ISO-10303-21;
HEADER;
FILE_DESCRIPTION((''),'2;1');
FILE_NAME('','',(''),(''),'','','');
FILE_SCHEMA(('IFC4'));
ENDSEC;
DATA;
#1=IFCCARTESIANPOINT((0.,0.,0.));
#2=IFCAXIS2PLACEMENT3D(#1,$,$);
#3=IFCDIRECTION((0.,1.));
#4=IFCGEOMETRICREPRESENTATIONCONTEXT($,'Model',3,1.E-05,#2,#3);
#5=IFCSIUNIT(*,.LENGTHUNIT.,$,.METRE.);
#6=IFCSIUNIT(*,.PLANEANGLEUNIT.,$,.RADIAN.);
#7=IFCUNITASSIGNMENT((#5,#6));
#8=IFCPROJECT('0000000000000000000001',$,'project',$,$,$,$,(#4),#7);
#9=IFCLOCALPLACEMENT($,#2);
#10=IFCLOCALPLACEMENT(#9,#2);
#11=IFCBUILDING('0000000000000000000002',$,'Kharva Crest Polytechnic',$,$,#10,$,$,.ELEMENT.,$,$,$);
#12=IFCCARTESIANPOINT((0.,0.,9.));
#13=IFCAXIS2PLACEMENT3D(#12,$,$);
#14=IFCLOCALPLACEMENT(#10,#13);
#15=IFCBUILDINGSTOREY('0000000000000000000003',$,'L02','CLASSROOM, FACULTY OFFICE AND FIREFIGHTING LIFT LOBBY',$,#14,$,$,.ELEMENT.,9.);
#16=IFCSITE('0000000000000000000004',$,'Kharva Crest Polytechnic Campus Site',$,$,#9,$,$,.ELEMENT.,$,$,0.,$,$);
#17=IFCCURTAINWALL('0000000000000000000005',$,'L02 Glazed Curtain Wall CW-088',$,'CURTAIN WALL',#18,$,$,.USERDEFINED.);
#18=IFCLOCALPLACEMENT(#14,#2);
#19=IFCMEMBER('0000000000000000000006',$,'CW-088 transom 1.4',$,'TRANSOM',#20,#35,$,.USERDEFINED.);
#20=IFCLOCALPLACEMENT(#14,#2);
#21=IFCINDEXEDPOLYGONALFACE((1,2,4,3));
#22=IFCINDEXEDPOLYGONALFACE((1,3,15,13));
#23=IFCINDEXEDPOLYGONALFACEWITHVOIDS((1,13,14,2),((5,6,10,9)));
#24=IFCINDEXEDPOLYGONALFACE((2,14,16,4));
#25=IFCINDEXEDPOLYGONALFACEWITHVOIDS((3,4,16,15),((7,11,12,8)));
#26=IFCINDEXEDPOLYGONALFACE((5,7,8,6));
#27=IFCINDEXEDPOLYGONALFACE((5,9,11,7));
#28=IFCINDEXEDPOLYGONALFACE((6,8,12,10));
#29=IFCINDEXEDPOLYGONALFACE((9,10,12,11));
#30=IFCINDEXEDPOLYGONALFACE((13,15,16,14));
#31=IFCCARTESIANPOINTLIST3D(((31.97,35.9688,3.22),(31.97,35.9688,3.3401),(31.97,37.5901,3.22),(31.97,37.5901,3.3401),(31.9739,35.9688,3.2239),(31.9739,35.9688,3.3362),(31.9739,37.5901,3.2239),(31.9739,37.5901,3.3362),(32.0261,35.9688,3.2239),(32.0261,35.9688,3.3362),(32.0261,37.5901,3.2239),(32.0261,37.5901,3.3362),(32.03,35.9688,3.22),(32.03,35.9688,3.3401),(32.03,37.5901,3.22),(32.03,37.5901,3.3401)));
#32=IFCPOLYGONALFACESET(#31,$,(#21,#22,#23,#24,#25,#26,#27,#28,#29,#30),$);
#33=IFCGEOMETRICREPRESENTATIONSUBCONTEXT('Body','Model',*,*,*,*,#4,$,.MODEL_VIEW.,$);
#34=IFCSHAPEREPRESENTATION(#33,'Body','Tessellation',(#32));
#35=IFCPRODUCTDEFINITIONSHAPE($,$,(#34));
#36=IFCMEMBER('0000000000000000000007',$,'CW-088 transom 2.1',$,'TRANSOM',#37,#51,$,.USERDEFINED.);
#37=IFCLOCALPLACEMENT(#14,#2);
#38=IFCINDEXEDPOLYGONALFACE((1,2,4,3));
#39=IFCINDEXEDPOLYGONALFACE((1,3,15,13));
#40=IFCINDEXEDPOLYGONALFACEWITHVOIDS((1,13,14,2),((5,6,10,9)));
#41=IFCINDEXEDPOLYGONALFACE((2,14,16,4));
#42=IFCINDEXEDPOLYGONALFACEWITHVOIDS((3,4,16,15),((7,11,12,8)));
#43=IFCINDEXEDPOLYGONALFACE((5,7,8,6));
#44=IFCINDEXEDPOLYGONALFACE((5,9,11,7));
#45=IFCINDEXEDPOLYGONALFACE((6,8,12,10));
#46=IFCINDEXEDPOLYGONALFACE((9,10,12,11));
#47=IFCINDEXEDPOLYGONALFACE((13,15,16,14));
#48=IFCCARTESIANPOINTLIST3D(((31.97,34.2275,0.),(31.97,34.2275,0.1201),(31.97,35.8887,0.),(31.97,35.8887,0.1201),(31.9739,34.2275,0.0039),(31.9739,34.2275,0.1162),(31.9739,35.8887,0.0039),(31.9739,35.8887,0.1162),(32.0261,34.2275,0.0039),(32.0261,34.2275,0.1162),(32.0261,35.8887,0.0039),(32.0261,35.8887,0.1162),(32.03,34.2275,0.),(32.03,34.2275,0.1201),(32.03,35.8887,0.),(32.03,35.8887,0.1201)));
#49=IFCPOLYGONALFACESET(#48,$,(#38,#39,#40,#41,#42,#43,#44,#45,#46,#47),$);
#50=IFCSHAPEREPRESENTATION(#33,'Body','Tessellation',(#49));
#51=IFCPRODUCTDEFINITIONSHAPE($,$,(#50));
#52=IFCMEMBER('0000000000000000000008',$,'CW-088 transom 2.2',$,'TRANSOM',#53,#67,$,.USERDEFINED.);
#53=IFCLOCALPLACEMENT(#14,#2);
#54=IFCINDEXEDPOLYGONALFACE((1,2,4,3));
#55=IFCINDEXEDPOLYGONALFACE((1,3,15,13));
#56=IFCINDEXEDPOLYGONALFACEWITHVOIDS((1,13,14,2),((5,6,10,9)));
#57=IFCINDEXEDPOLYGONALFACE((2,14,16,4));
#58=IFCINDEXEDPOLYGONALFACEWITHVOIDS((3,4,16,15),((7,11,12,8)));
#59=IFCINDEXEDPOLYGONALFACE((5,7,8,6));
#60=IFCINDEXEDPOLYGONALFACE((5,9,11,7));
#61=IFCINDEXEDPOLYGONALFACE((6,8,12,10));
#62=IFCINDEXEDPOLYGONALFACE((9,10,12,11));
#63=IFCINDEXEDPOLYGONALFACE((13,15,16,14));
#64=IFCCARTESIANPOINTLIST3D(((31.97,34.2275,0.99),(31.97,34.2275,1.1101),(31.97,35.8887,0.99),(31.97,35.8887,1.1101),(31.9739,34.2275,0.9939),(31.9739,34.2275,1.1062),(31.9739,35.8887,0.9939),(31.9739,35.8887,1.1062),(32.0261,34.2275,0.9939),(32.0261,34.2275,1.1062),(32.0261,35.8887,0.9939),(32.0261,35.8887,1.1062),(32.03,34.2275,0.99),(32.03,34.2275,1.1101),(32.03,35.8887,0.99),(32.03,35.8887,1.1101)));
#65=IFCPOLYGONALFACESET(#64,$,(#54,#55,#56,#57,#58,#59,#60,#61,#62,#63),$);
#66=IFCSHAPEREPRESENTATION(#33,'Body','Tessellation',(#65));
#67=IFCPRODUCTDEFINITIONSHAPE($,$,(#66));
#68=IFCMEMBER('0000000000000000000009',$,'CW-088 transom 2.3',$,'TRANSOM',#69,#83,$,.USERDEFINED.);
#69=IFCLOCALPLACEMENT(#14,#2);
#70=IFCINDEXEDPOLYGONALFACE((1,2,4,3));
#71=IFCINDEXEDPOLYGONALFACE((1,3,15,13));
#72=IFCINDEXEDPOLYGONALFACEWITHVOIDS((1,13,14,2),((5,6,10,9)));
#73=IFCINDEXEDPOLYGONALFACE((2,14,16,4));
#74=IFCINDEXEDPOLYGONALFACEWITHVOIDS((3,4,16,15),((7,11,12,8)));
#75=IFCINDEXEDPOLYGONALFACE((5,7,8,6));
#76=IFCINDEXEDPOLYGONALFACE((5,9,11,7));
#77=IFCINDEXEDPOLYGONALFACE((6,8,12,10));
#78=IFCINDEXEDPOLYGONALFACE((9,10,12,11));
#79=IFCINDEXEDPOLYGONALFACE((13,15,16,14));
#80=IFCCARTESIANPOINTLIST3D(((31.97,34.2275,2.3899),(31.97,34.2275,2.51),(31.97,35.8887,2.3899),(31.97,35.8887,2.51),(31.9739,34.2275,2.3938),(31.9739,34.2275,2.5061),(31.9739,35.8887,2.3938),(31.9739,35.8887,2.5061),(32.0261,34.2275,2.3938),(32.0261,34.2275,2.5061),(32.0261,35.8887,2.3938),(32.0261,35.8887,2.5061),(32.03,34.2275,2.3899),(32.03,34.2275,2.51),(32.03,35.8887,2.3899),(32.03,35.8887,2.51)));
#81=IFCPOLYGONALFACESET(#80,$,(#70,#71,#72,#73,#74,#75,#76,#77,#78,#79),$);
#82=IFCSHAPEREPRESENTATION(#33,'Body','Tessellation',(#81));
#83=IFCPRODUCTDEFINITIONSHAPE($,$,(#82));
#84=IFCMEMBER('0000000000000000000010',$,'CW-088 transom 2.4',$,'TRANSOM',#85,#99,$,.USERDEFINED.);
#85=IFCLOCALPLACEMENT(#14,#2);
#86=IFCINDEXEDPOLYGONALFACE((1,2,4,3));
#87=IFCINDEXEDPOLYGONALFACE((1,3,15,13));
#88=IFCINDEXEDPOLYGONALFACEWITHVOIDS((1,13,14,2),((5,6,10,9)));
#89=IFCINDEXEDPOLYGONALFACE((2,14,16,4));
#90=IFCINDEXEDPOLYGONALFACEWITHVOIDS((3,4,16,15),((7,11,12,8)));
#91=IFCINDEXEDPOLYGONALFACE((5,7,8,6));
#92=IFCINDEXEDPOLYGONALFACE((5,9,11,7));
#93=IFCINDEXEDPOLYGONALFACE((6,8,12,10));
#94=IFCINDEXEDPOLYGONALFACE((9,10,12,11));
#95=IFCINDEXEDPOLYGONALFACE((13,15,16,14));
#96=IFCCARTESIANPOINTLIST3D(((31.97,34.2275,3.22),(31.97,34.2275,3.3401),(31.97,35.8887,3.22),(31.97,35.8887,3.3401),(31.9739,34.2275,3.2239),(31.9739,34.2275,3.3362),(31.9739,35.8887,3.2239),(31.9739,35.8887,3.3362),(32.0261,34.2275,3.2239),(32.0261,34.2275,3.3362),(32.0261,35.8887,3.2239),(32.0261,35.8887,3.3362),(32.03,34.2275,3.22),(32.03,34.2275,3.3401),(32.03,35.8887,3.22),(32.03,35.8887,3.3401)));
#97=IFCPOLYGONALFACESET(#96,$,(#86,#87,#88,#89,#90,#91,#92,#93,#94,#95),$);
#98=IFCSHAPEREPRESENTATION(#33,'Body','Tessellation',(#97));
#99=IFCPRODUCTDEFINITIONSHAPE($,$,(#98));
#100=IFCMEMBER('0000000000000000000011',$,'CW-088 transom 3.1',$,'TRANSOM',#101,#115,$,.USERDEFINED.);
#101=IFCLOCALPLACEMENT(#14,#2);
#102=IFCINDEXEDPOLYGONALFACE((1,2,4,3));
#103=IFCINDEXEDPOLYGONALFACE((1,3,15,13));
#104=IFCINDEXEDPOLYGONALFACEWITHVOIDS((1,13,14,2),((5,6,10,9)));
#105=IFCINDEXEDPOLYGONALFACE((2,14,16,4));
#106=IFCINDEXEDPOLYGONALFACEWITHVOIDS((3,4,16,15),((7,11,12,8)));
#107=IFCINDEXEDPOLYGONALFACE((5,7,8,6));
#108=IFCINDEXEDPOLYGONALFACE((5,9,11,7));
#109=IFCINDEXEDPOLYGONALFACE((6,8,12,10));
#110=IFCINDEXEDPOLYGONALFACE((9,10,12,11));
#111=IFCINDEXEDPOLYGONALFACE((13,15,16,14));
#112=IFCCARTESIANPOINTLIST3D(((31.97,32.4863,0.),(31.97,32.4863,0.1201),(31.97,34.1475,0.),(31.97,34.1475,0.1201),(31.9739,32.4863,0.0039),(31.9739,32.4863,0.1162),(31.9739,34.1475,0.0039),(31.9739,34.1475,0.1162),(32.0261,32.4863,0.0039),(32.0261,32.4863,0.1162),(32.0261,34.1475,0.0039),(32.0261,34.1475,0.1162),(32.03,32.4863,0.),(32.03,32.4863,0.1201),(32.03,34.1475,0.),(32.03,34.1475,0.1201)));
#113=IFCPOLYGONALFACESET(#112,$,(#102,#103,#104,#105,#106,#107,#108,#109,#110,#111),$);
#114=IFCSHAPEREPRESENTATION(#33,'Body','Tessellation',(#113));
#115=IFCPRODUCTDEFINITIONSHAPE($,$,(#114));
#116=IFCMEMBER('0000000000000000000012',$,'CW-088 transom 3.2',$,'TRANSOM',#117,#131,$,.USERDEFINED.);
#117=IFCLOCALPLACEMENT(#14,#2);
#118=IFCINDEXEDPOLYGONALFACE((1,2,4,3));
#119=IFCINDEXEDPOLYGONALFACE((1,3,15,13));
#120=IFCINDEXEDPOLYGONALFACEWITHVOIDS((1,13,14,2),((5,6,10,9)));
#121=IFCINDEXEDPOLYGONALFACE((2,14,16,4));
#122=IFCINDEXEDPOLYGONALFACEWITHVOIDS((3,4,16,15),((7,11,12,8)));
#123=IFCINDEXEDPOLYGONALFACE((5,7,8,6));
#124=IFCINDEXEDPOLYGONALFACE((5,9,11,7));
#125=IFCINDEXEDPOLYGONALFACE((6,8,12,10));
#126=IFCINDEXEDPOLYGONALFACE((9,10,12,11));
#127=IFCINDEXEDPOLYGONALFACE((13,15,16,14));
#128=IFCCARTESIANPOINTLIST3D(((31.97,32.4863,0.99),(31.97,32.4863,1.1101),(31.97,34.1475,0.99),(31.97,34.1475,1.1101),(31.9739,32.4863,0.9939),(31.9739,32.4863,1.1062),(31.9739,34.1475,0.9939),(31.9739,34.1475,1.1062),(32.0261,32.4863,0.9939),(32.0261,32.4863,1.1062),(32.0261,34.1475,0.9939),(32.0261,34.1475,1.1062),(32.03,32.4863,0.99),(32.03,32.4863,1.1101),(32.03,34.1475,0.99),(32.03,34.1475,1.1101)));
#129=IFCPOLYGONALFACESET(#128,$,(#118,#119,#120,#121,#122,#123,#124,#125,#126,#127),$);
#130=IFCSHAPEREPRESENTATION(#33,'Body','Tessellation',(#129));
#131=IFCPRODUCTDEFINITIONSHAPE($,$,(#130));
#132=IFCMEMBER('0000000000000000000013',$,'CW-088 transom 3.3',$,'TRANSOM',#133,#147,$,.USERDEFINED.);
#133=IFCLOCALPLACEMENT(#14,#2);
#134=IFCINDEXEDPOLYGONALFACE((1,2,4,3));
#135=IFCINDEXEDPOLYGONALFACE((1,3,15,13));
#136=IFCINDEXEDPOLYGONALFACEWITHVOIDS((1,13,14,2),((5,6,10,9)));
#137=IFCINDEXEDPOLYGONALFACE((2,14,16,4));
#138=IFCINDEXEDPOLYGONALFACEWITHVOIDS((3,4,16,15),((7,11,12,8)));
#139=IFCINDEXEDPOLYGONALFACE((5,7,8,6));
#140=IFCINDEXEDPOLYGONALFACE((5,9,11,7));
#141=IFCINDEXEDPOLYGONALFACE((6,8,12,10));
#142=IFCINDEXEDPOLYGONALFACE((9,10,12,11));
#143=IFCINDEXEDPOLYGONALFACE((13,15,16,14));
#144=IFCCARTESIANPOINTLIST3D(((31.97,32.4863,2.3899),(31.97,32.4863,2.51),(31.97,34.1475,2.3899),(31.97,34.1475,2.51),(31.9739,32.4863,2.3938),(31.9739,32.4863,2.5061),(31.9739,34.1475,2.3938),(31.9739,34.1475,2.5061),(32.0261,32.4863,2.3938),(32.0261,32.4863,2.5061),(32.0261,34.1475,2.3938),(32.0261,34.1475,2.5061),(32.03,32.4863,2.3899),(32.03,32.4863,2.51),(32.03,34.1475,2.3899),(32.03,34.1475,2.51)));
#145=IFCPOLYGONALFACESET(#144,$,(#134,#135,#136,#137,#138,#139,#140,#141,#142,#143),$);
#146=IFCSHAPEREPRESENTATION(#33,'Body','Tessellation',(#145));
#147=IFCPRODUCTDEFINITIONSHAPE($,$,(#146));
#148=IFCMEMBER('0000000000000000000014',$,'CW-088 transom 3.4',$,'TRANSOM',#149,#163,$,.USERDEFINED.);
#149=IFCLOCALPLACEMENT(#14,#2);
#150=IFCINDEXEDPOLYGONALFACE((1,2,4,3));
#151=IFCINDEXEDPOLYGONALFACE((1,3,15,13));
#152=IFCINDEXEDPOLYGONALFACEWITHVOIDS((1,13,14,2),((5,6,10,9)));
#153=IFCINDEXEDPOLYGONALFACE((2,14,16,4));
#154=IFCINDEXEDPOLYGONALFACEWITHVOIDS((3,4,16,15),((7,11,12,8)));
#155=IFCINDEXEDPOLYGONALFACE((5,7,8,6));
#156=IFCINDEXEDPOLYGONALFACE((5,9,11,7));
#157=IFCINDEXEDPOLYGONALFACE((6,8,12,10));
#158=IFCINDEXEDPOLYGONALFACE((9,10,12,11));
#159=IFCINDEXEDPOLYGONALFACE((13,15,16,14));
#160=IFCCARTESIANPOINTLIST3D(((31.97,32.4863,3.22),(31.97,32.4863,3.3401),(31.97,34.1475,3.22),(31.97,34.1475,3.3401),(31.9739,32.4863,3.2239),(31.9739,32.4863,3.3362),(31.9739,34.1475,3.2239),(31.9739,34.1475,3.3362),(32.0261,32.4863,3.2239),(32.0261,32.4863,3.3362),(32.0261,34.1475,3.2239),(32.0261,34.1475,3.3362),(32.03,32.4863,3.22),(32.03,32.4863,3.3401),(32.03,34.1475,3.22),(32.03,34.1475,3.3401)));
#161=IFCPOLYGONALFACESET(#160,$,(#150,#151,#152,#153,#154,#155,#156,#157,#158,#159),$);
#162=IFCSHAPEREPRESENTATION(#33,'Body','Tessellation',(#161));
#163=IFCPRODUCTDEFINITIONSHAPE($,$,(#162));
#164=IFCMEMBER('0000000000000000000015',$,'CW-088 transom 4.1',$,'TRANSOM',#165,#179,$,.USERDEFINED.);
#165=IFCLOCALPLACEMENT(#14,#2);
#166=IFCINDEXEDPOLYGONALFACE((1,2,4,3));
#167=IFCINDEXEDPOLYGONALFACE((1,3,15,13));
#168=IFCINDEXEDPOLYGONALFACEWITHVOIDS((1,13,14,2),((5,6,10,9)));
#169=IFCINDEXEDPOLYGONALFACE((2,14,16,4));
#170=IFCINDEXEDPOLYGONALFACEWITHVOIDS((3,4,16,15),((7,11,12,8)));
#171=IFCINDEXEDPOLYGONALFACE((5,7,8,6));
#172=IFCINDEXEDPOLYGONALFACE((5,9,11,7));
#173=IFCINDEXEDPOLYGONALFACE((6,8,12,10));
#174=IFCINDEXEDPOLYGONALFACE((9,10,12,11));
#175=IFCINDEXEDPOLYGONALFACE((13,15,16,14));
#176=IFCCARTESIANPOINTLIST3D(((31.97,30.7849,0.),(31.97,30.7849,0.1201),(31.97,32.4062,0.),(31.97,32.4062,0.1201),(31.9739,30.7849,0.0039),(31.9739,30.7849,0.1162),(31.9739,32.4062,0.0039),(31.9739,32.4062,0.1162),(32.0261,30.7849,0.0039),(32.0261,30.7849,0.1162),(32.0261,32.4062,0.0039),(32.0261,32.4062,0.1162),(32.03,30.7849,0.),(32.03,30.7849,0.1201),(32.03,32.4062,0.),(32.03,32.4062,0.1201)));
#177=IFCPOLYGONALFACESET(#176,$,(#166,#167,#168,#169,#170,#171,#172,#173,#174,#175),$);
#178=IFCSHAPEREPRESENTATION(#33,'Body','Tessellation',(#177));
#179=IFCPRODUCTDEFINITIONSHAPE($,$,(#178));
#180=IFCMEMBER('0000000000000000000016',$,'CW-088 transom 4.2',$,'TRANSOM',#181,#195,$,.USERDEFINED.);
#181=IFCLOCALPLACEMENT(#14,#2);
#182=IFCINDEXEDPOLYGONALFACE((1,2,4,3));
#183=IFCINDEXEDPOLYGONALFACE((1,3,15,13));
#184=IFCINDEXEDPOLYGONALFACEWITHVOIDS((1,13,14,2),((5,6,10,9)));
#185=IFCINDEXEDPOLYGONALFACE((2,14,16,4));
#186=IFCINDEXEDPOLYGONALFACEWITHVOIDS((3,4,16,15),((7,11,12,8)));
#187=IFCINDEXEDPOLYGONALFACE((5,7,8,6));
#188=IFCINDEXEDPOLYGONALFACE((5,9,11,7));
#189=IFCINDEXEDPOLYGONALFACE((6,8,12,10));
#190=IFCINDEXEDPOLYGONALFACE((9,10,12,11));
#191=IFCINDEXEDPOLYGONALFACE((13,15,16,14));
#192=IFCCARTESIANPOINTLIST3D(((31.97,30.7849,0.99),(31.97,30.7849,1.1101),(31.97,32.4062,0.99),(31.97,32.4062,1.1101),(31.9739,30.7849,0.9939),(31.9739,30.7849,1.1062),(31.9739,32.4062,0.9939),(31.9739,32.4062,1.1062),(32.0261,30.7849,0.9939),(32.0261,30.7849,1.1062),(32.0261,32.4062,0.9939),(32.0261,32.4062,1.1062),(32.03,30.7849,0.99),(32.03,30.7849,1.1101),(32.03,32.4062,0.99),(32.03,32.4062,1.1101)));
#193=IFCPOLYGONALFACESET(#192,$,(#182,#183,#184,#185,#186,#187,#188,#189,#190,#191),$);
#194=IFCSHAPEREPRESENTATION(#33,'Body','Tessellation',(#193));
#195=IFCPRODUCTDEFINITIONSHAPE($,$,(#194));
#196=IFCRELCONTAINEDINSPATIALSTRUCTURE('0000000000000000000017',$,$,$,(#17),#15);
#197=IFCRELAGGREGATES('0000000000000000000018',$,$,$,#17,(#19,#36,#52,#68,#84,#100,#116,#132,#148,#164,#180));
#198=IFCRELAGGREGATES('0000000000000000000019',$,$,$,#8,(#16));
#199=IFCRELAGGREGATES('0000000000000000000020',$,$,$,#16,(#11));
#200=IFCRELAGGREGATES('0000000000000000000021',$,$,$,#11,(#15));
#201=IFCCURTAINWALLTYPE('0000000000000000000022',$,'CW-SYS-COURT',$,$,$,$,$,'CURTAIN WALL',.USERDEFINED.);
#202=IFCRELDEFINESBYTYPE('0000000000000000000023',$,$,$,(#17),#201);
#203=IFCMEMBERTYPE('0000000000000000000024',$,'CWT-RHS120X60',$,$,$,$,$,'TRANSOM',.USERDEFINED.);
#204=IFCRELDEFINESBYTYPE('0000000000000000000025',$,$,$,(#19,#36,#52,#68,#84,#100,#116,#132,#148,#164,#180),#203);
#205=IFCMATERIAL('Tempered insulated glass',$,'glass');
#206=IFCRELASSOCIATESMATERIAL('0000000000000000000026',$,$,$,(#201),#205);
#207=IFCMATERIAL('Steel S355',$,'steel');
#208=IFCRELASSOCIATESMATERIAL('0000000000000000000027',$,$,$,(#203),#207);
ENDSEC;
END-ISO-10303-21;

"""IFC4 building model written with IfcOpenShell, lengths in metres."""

from ifc_helpers import new_model, si_unit, direction, frame, origin, origin_2d, place, context, subcontext, project, spatial, hollow_rectangle, extrude, material, material_profile, profile_set, type_object, element, aggregate, save


model = new_model("IFC4")

# Units and contexts
model_context = context("Model", 3, precision=1e-05, world=origin(), true_north=direction((0.0, 1.0)))
body_context = subcontext(model_context, "Body", "Model", "MODEL_VIEW")
ifc_project = project(units=[si_unit("LENGTHUNIT", "METRE"), si_unit("PLANEANGLEUNIT", "RADIAN")], contexts=[model_context])

# Site, building, storey
site_placement = place(None, origin())
site = spatial("IfcSite", under=ifc_project, at=site_placement, Name="Kharva Crest Polytechnic Campus Site", CompositionType="ELEMENT", RefElevation=0.0)
building_placement = place(site_placement, origin())
building = spatial("IfcBuilding", under=site, at=building_placement, Name="Kharva Crest Polytechnic", CompositionType="ELEMENT")
storey_placement = place(building_placement, frame((0.0, 0.0, 9.0)))
storey = spatial("IfcBuildingStorey", under=building, at=storey_placement, Name="L02", Description="CLASSROOM, FACULTY OFFICE AND FIREFIGHTING LIFT LOBBY", CompositionType="ELEMENT", Elevation=9.0)

# Shared definitions
ifc_material_1 = material(Name="Tempered insulated glass", Category="glass")
curtain_wall_type = type_object("IfcCurtainWallType", Name="CW-SYS-COURT", ElementType="CURTAIN WALL", PredefinedType="USERDEFINED", material=ifc_material_1)
ifc_material_2 = material(Name="Steel S355", Category="steel")

# Curtain wall, members
curtain_wall_1_placement = place(storey_placement, origin())
curtain_wall_1 = element("IfcCurtainWall", 1, at=curtain_wall_1_placement, inside=storey, type_object=curtain_wall_type, Name="L02 Glazed Curtain Wall CW-088", ObjectType="CURTAIN WALL", PredefinedType="USERDEFINED")
ifc_material_profile_1 = material_profile(ifc_material_2, hollow_rectangle(XDim=0.0601, YDim=0.1201, WallThickness=0.0039, at=origin_2d()), Name="RHS 120X60X4.0")
ifc_profile_set_1 = profile_set([ifc_material_profile_1], Name="Steel S355")
member_type_1 = type_object("IfcMemberType", Name="CWT-RHS120X60", ElementType="TRANSOM", PredefinedType="USERDEFINED", material=ifc_profile_set_1)
member_1_placement = place(storey_placement, frame((32.0, 37.5901, 3.28), z_axis=(0.0, -1.0, 0.0), x_axis=(1.0, 0.0, 0.0)))
member_1 = element("IfcMember", 2, at=member_1_placement, type_object=member_type_1, Name="CW-088 transom 1.4", ObjectType="TRANSOM", PredefinedType="USERDEFINED", context=body_context, shape_type="SweptSolid", body=[
    extrude(hollow_rectangle(XDim=0.0601, YDim=0.1201, WallThickness=0.0039, at=origin_2d()), origin(), (0.0, 0.0, 1.0), 1.6213),
])
member_2_placement = place(storey_placement, frame((32.0, 35.8887, 0.0601), z_axis=(0.0, -1.0, 0.0), x_axis=(1.0, 0.0, 0.0)))
member_2 = element("IfcMember", 3, at=member_2_placement, type_object=member_type_1, Name="CW-088 transom 2.1", ObjectType="TRANSOM", PredefinedType="USERDEFINED", context=body_context, shape_type="SweptSolid", body=[
    extrude(hollow_rectangle(XDim=0.0601, YDim=0.1201, WallThickness=0.0039, at=origin_2d()), origin(), (0.0, 0.0, 1.0), 1.6611),
])
member_3_placement = place(storey_placement, frame((32.0, 35.8887, 1.05), z_axis=(0.0, -1.0, 0.0), x_axis=(1.0, 0.0, 0.0)))
member_3 = element("IfcMember", 4, at=member_3_placement, type_object=member_type_1, Name="CW-088 transom 2.2", ObjectType="TRANSOM", PredefinedType="USERDEFINED", context=body_context, shape_type="SweptSolid", body=[
    extrude(hollow_rectangle(XDim=0.0601, YDim=0.1201, WallThickness=0.0039, at=origin_2d()), origin(), (0.0, 0.0, 1.0), 1.6611),
])
member_4_placement = place(storey_placement, frame((32.0, 35.8887, 2.45), z_axis=(0.0, -1.0, 0.0), x_axis=(1.0, 0.0, 0.0)))
member_4 = element("IfcMember", 5, at=member_4_placement, type_object=member_type_1, Name="CW-088 transom 2.3", ObjectType="TRANSOM", PredefinedType="USERDEFINED", context=body_context, shape_type="SweptSolid", body=[
    extrude(hollow_rectangle(XDim=0.0601, YDim=0.1201, WallThickness=0.0039, at=origin_2d()), origin(), (0.0, 0.0, 1.0), 1.6611),
])
member_5_placement = place(storey_placement, frame((32.0, 35.8887, 3.28), z_axis=(0.0, -1.0, 0.0), x_axis=(1.0, 0.0, 0.0)))
member_5 = element("IfcMember", 6, at=member_5_placement, type_object=member_type_1, Name="CW-088 transom 2.4", ObjectType="TRANSOM", PredefinedType="USERDEFINED", context=body_context, shape_type="SweptSolid", body=[
    extrude(hollow_rectangle(XDim=0.0601, YDim=0.1201, WallThickness=0.0039, at=origin_2d()), origin(), (0.0, 0.0, 1.0), 1.6611),
])
member_6_placement = place(storey_placement, frame((32.0, 34.1475, 0.0601), z_axis=(0.0, -1.0, 0.0), x_axis=(1.0, 0.0, 0.0)))
member_6 = element("IfcMember", 7, at=member_6_placement, type_object=member_type_1, Name="CW-088 transom 3.1", ObjectType="TRANSOM", PredefinedType="USERDEFINED", context=body_context, shape_type="SweptSolid", body=[
    extrude(hollow_rectangle(XDim=0.0601, YDim=0.1201, WallThickness=0.0039, at=origin_2d()), origin(), (0.0, 0.0, 1.0), 1.6611),
])
member_7_placement = place(storey_placement, frame((32.0, 34.1475, 1.05), z_axis=(0.0, -1.0, 0.0), x_axis=(1.0, 0.0, 0.0)))
member_7 = element("IfcMember", 8, at=member_7_placement, type_object=member_type_1, Name="CW-088 transom 3.2", ObjectType="TRANSOM", PredefinedType="USERDEFINED", context=body_context, shape_type="SweptSolid", body=[
    extrude(hollow_rectangle(XDim=0.0601, YDim=0.1201, WallThickness=0.0039, at=origin_2d()), origin(), (0.0, 0.0, 1.0), 1.6611),
])
member_8_placement = place(storey_placement, frame((32.0, 34.1475, 2.45), z_axis=(0.0, -1.0, 0.0), x_axis=(1.0, 0.0, 0.0)))
member_8 = element("IfcMember", 9, at=member_8_placement, type_object=member_type_1, Name="CW-088 transom 3.3", ObjectType="TRANSOM", PredefinedType="USERDEFINED", context=body_context, shape_type="SweptSolid", body=[
    extrude(hollow_rectangle(XDim=0.0601, YDim=0.1201, WallThickness=0.0039, at=origin_2d()), origin(), (0.0, 0.0, 1.0), 1.6611),
])
member_9_placement = place(storey_placement, frame((32.0, 34.1475, 3.28), z_axis=(0.0, -1.0, 0.0), x_axis=(1.0, 0.0, 0.0)))
member_9 = element("IfcMember", 10, at=member_9_placement, type_object=member_type_1, Name="CW-088 transom 3.4", ObjectType="TRANSOM", PredefinedType="USERDEFINED", context=body_context, shape_type="SweptSolid", body=[
    extrude(hollow_rectangle(XDim=0.0601, YDim=0.1201, WallThickness=0.0039, at=origin_2d()), origin(), (0.0, 0.0, 1.0), 1.6611),
])
member_10_placement = place(storey_placement, frame((32.0, 32.4062, 0.0601), z_axis=(0.0, -1.0, 0.0), x_axis=(1.0, 0.0, 0.0)))
member_10 = element("IfcMember", 11, at=member_10_placement, type_object=member_type_1, Name="CW-088 transom 4.1", ObjectType="TRANSOM", PredefinedType="USERDEFINED", context=body_context, shape_type="SweptSolid", body=[
    extrude(hollow_rectangle(XDim=0.0601, YDim=0.1201, WallThickness=0.0039, at=origin_2d()), origin(), (0.0, 0.0, 1.0), 1.6213),
])
member_11_placement = place(storey_placement, frame((32.0, 32.4062, 1.05), z_axis=(0.0, -1.0, 0.0), x_axis=(1.0, 0.0, 0.0)))
member_11 = element("IfcMember", 12, at=member_11_placement, type_object=member_type_1, Name="CW-088 transom 4.2", ObjectType="TRANSOM", PredefinedType="USERDEFINED", context=body_context, shape_type="SweptSolid", body=[
    extrude(hollow_rectangle(XDim=0.0601, YDim=0.1201, WallThickness=0.0039, at=origin_2d()), origin(), (0.0, 0.0, 1.0), 1.6213),
])

aggregate(curtain_wall_1, [member_1, member_2, member_3, member_4, member_5, member_6, member_7, member_8, member_9, member_10, member_11])

save(model, "model.ifc")
